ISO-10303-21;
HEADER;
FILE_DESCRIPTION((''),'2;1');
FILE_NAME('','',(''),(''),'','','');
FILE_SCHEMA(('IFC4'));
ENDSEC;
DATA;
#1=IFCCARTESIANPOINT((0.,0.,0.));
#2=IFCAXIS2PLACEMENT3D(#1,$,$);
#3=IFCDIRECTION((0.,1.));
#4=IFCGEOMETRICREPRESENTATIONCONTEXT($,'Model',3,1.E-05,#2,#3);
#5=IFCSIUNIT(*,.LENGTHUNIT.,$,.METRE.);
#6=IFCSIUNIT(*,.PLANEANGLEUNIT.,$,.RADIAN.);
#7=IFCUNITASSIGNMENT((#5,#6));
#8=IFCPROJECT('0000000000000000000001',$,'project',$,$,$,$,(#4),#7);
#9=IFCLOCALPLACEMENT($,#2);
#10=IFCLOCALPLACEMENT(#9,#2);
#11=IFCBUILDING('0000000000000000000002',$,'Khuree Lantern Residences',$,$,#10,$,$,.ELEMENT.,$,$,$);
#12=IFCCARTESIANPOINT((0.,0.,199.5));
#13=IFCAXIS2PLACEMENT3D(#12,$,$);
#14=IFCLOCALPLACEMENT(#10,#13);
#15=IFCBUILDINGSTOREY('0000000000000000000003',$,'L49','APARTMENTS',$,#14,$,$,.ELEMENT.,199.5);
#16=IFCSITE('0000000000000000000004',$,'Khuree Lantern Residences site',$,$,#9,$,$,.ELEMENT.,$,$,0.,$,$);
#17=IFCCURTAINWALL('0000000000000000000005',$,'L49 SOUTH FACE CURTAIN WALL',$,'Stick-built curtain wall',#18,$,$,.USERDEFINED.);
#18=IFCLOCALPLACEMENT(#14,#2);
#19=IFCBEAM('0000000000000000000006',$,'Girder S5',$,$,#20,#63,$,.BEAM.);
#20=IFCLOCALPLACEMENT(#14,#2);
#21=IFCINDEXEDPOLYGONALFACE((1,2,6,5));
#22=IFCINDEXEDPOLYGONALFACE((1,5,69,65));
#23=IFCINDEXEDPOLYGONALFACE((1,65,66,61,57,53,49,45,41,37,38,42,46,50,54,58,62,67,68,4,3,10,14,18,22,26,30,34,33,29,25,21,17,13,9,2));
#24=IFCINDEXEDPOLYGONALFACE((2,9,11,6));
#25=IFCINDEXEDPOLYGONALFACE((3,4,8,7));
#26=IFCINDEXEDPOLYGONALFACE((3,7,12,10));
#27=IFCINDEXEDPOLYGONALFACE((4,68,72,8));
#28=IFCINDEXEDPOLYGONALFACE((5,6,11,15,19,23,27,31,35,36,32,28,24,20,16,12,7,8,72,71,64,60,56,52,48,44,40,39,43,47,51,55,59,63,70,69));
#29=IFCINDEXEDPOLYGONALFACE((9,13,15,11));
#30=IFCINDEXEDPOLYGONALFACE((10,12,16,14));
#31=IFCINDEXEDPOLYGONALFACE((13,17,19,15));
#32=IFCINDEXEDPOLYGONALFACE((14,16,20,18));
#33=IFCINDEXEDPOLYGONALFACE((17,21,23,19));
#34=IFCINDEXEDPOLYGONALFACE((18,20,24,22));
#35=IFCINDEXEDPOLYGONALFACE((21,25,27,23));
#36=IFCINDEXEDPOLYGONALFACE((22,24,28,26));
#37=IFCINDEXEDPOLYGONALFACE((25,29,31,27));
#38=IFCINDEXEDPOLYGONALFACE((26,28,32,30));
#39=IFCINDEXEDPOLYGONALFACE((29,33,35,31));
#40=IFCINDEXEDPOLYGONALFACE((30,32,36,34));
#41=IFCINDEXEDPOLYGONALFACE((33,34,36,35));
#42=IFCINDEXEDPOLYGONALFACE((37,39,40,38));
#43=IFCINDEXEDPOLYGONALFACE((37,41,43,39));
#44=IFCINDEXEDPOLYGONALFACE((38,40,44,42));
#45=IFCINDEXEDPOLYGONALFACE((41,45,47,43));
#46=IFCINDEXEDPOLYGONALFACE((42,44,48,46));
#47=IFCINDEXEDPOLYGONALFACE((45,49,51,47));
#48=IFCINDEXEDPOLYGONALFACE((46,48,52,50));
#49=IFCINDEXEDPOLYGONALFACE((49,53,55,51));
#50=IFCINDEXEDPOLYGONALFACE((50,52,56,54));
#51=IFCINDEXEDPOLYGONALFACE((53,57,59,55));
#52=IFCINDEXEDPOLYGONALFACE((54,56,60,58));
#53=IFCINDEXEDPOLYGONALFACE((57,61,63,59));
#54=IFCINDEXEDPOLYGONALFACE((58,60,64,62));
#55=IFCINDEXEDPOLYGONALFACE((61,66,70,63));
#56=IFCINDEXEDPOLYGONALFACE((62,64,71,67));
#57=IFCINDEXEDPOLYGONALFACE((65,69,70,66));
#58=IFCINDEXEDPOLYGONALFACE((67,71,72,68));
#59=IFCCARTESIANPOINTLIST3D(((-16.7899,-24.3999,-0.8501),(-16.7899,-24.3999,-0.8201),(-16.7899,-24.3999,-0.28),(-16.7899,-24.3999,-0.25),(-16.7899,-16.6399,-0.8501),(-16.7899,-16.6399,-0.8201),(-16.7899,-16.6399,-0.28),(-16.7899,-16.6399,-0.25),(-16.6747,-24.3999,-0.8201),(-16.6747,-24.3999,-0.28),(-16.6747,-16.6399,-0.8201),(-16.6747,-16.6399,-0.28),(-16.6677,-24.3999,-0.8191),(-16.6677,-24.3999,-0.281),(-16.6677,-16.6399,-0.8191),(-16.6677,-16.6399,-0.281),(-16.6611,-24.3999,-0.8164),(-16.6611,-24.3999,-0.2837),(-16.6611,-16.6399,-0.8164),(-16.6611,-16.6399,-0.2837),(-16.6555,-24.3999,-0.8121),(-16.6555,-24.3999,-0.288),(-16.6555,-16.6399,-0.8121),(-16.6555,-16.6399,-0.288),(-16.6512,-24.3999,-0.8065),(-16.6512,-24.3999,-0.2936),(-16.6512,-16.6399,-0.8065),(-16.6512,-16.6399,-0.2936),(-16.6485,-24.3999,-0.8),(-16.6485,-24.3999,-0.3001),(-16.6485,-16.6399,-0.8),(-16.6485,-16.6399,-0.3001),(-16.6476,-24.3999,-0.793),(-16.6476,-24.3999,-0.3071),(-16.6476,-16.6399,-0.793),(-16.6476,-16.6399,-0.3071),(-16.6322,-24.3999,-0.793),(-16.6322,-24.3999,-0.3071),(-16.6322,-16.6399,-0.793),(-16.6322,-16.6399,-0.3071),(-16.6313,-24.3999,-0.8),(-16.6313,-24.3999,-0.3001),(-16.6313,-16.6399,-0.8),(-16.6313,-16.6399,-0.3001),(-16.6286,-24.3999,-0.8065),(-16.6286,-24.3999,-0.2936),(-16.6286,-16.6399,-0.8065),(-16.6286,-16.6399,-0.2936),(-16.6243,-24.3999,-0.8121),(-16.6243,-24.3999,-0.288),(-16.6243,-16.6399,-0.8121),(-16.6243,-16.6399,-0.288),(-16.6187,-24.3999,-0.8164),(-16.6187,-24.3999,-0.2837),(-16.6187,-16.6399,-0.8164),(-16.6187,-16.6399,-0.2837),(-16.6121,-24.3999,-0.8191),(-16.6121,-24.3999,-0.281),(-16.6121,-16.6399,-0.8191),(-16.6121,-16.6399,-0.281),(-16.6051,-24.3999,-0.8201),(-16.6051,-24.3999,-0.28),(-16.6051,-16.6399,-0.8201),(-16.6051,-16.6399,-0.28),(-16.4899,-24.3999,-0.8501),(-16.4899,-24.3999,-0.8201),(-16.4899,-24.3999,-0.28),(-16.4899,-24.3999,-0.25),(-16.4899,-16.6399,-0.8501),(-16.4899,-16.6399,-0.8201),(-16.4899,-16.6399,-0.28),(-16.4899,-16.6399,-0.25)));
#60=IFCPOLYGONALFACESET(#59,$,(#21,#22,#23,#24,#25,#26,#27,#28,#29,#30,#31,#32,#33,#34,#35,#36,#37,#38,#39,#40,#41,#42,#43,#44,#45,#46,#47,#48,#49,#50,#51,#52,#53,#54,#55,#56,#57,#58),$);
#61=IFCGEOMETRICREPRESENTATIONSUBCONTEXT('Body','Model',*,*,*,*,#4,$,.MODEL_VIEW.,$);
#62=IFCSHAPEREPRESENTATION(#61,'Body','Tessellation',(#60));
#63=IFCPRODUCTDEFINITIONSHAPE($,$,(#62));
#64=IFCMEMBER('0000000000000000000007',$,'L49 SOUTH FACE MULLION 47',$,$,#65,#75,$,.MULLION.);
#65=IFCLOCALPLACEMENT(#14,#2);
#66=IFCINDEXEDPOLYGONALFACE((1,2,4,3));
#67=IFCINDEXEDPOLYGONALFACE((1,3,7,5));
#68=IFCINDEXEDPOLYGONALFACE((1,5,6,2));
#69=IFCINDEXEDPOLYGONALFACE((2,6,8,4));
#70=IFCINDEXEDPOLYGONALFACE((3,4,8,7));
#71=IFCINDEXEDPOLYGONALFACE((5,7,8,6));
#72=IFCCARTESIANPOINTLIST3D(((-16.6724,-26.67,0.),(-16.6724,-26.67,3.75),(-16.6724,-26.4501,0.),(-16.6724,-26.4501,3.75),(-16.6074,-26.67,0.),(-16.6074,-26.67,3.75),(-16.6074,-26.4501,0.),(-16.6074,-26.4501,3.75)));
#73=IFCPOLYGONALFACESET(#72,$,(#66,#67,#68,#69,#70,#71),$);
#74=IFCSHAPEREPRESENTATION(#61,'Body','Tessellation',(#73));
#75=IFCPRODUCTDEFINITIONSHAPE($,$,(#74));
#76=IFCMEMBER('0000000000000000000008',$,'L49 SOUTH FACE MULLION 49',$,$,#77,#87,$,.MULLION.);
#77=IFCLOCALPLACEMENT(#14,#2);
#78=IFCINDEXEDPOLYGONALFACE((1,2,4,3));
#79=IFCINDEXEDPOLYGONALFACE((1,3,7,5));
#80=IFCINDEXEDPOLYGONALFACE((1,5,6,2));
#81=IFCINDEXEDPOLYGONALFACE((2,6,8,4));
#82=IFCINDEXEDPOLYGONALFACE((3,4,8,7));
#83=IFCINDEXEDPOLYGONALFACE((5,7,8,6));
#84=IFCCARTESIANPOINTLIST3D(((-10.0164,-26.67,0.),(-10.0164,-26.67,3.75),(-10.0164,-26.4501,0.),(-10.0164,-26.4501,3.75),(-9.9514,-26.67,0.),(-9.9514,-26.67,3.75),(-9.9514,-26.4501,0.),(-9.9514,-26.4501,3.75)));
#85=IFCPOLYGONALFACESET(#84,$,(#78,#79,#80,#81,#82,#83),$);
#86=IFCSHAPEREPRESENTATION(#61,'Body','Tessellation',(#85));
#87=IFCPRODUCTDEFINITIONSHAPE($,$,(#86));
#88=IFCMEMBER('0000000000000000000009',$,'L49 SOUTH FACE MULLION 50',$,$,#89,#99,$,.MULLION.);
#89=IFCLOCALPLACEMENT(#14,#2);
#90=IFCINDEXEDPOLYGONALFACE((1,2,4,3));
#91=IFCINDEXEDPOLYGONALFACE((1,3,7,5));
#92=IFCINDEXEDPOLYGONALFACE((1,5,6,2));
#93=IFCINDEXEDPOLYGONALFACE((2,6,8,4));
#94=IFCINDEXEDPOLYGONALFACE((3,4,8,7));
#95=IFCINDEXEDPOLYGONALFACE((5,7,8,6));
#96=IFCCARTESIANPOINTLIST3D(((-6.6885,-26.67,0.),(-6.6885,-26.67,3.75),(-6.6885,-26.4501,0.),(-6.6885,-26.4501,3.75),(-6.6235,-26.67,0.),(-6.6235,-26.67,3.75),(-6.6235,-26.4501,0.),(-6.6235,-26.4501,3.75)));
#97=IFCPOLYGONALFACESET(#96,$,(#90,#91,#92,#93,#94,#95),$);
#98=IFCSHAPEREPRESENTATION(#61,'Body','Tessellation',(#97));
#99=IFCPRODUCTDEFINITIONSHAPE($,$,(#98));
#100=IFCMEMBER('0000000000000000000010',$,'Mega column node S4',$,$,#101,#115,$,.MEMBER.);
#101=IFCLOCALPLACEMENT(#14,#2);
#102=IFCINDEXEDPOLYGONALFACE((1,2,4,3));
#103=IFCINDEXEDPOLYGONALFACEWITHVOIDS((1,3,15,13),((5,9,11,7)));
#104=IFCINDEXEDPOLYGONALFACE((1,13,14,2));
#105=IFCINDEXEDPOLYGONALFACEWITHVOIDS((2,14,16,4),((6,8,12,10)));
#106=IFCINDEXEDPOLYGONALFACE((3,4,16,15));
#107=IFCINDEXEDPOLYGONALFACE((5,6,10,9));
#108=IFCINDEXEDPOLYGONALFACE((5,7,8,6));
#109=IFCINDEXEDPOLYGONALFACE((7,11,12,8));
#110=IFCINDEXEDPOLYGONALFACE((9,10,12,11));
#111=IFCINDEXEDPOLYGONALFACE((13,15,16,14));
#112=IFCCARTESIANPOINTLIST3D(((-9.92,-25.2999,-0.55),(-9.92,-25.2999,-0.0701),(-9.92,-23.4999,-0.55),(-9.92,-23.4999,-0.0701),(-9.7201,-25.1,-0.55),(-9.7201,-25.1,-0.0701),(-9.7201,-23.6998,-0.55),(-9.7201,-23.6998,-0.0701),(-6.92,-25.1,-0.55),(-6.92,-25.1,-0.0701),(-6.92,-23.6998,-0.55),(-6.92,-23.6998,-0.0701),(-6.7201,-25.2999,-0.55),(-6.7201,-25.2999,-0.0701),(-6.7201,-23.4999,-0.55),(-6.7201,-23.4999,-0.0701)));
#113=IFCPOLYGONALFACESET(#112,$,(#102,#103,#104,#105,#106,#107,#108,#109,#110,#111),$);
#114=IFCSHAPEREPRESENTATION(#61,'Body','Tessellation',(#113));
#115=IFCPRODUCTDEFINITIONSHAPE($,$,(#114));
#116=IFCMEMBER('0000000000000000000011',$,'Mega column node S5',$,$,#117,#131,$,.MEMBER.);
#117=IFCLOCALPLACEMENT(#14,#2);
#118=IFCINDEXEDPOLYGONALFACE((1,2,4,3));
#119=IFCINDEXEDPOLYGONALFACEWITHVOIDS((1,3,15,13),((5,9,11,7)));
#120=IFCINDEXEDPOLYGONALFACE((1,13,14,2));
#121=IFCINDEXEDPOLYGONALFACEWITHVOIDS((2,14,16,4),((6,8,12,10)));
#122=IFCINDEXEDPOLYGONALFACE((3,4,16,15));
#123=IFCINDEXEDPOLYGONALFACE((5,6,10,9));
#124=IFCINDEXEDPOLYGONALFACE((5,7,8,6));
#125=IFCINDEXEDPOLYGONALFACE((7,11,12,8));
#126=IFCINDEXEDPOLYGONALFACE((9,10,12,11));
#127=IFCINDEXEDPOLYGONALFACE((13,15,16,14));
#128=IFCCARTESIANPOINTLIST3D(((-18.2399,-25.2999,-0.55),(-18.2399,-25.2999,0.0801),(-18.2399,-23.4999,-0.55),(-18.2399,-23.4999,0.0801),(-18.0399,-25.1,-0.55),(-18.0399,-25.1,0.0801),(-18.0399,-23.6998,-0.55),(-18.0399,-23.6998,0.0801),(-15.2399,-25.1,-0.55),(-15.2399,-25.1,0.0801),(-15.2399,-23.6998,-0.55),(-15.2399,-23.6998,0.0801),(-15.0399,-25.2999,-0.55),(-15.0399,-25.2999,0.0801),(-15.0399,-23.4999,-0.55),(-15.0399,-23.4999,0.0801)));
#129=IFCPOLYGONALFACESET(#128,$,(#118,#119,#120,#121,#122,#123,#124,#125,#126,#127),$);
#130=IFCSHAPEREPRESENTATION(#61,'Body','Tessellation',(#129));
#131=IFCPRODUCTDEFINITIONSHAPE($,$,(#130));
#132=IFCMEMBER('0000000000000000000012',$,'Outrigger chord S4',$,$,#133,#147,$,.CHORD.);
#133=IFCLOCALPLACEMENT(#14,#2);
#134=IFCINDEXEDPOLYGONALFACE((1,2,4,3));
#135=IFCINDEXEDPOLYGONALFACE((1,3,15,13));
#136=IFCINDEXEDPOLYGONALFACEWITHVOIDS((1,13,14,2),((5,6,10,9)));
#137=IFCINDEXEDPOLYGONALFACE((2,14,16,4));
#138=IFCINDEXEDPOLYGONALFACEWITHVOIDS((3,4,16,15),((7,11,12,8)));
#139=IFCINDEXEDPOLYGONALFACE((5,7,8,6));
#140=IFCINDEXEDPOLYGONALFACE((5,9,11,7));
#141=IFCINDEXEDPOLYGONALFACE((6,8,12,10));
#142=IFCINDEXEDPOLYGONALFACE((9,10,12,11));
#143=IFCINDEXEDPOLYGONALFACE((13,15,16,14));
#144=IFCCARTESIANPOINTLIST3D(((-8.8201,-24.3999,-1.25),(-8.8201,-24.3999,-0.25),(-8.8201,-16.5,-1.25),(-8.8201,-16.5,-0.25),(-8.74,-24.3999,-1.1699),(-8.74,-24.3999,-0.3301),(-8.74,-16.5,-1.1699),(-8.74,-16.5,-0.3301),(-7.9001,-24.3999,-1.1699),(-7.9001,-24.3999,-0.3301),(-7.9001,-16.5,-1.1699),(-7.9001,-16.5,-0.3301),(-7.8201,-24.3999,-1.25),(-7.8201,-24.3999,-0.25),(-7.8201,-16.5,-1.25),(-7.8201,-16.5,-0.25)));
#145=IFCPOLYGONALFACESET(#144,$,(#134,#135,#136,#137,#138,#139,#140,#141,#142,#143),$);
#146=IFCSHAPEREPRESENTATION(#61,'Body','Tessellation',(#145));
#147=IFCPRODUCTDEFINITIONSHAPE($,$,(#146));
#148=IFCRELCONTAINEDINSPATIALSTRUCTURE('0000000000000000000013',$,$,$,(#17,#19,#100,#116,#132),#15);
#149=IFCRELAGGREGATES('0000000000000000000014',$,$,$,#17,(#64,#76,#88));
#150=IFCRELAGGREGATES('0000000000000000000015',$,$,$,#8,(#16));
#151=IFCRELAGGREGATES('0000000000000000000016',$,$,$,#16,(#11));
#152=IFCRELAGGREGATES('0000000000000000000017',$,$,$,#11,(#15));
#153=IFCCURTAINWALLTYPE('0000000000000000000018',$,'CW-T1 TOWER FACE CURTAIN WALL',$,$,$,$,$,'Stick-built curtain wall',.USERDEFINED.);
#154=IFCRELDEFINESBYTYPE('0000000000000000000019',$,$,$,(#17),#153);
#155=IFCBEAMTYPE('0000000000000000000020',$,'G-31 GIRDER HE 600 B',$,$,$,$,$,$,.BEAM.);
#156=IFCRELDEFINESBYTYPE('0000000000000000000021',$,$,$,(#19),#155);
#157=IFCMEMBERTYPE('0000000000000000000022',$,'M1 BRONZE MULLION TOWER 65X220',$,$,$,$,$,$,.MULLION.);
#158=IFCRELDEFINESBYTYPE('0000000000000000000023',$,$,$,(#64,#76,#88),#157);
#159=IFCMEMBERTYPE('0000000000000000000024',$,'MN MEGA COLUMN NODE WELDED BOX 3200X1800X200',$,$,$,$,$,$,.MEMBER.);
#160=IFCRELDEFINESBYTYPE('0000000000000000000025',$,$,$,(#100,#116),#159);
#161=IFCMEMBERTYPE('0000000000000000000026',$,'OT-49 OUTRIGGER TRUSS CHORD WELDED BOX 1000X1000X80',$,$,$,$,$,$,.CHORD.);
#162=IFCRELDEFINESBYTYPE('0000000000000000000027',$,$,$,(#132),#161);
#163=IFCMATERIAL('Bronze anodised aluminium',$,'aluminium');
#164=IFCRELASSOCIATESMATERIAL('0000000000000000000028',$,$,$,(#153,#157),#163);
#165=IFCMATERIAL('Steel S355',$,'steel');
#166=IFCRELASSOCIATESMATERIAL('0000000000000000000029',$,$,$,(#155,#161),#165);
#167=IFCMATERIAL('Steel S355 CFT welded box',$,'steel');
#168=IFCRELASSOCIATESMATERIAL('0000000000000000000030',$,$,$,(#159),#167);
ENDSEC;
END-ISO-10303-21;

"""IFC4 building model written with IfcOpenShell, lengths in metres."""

from ifc_helpers import new_model, si_unit, direction, frame, origin, origin_2d, place, context, subcontext, project, spatial, rectangle, hollow_rectangle, i_section, extrude, material, material_profile, profile_set, type_object, element, aggregate, save


model = new_model("IFC4")

# Units and contexts
model_context = context("Model", 3, precision=1e-05, world=origin(), true_north=direction((0.0, 1.0)))
body_context = subcontext(model_context, "Body", "Model", "MODEL_VIEW")
ifc_project = project(units=[si_unit("LENGTHUNIT", "METRE"), si_unit("PLANEANGLEUNIT", "RADIAN")], contexts=[model_context])

# Site, building, storey
site_placement = place(None, origin())
site = spatial("IfcSite", under=ifc_project, at=site_placement, Name="Khuree Lantern Residences site", CompositionType="ELEMENT", RefElevation=0.0)
building_placement = place(site_placement, origin())
building = spatial("IfcBuilding", under=site, at=building_placement, Name="Khuree Lantern Residences", CompositionType="ELEMENT")
storey_placement = place(building_placement, frame((0.0, 0.0, 199.5)))
storey = spatial("IfcBuildingStorey", under=building, at=storey_placement, Name="L49", Description="APARTMENTS", CompositionType="ELEMENT", Elevation=199.5)

# Shared definitions
ifc_material_1 = material(Name="Steel S355 CFT welded box", Category="steel")

# Shared definitions
ifc_material_2 = material(Name="Steel S355", Category="steel")

# Curtain wall
ifc_material_3 = material(Name="Bronze anodised aluminium", Category="aluminium")
curtain_wall_type = type_object("IfcCurtainWallType", Name="CW-T1 TOWER FACE CURTAIN WALL", ElementType="Stick-built curtain wall", PredefinedType="USERDEFINED", material=ifc_material_3)
curtain_wall_placement = place(storey_placement, origin())
curtain_wall = element("IfcCurtainWall", 1, at=curtain_wall_placement, inside=storey, type_object=curtain_wall_type, Name="L49 SOUTH FACE CURTAIN WALL", ObjectType="Stick-built curtain wall", PredefinedType="USERDEFINED")

# Beam
ifc_material_profile_1 = material_profile(ifc_material_2, i_section(OverallWidth=0.3, OverallDepth=0.6001, WebThickness=0.0154, FlangeThickness=0.03, FilletRadius=0.0271, at=origin_2d()), Name="HE 600 B")
ifc_profile_set_1 = profile_set([ifc_material_profile_1], Name="Steel S355")
beam_type_1 = type_object("IfcBeamType", Name="G-31 GIRDER HE 600 B", PredefinedType="BEAM", material=ifc_profile_set_1)
beam_1_placement = place(storey_placement, frame((-16.6399, -24.3999, -0.55), z_axis=(0.0, 1.0, 0.0), x_axis=(-1.0, 0.0, 0.0)))
element("IfcBeam", 2, at=beam_1_placement, inside=storey, type_object=beam_type_1, Name="Girder S5", PredefinedType="BEAM", context=body_context, shape_type="SweptSolid", body=[
    extrude(i_section(OverallWidth=0.3, OverallDepth=0.6001, WebThickness=0.0154, FlangeThickness=0.03, FilletRadius=0.0271, at=origin_2d()), origin(), (0.0, 0.0, 1.0), 7.76),
])

# Members
ifc_material_profile_2 = material_profile(ifc_material_3, rectangle(XDim=0.0649, YDim=0.22, at=origin_2d()), Name="M1 65X220")
ifc_profile_set_2 = profile_set([ifc_material_profile_2], Name="Bronze anodised aluminium")
member_type_1 = type_object("IfcMemberType", Name="M1 BRONZE MULLION TOWER 65X220", PredefinedType="MULLION", material=ifc_profile_set_2)
member_1_placement = place(storey_placement, frame((-16.6399, -26.5601, 0.0), z_axis=(0.0, 0.0, 1.0), x_axis=(1.0, 0.0, 0.0)))
member_1 = element("IfcMember", 3, at=member_1_placement, type_object=member_type_1, Name="L49 SOUTH FACE MULLION 47", PredefinedType="MULLION", context=body_context, shape_type="SweptSolid", body=[
    extrude(rectangle(XDim=0.0649, YDim=0.22, at=origin_2d()), origin(), (0.0, 0.0, 1.0), 3.75),
])
member_2_placement = place(storey_placement, frame((-9.9839, -26.5601, 0.0), z_axis=(0.0, 0.0, 1.0), x_axis=(1.0, 0.0, 0.0)))
member_2 = element("IfcMember", 4, at=member_2_placement, type_object=member_type_1, Name="L49 SOUTH FACE MULLION 49", PredefinedType="MULLION", context=body_context, shape_type="SweptSolid", body=[
    extrude(rectangle(XDim=0.0649, YDim=0.22, at=origin_2d()), origin(), (0.0, 0.0, 1.0), 3.75),
])
member_3_placement = place(storey_placement, frame((-6.656, -26.5601, 0.0), z_axis=(0.0, 0.0, 1.0), x_axis=(1.0, 0.0, 0.0)))
member_3 = element("IfcMember", 5, at=member_3_placement, type_object=member_type_1, Name="L49 SOUTH FACE MULLION 50", PredefinedType="MULLION", context=body_context, shape_type="SweptSolid", body=[
    extrude(rectangle(XDim=0.0649, YDim=0.22, at=origin_2d()), origin(), (0.0, 0.0, 1.0), 3.75),
])

# Members
ifc_material_profile_3 = material_profile(ifc_material_1, hollow_rectangle(XDim=3.2, YDim=1.8, WallThickness=0.2, at=origin_2d()), Name="WELDED BOX 3200X1800X200")
ifc_profile_set_3 = profile_set([ifc_material_profile_3], Name="Steel S355 CFT welded box")
member_type_2 = type_object("IfcMemberType", Name="MN MEGA COLUMN NODE WELDED BOX 3200X1800X200", PredefinedType="MEMBER", material=ifc_profile_set_3)
member_4_placement = place(storey_placement, frame((-8.3201, -24.3999, -0.55), z_axis=(0.0, 0.0, 1.0), x_axis=(1.0, 0.0, 0.0)))
element("IfcMember", 6, at=member_4_placement, inside=storey, type_object=member_type_2, Name="Mega column node S4", PredefinedType="MEMBER", context=body_context, shape_type="SweptSolid", body=[
    extrude(hollow_rectangle(XDim=3.2, YDim=1.8, WallThickness=0.2, at=origin_2d()), origin(), (0.0, 0.0, 1.0), 0.48),
])
member_5_placement = place(storey_placement, frame((-16.6399, -24.3999, -0.55), z_axis=(0.0, 0.0, 1.0), x_axis=(1.0, 0.0, 0.0)))
element("IfcMember", 7, at=member_5_placement, inside=storey, type_object=member_type_2, Name="Mega column node S5", PredefinedType="MEMBER", context=body_context, shape_type="SweptSolid", body=[
    extrude(hollow_rectangle(XDim=3.2, YDim=1.8, WallThickness=0.2, at=origin_2d()), origin(), (0.0, 0.0, 1.0), 0.6301),
])
ifc_material_profile_4 = material_profile(ifc_material_2, hollow_rectangle(XDim=1.0, YDim=1.0, WallThickness=0.0801, at=origin_2d()), Name="WELDED BOX 1000X1000X80")
ifc_profile_set_4 = profile_set([ifc_material_profile_4], Name="Steel S355")
member_type_3 = type_object("IfcMemberType", Name="OT-49 OUTRIGGER TRUSS CHORD WELDED BOX 1000X1000X80", PredefinedType="CHORD", material=ifc_profile_set_4)
member_6_placement = place(storey_placement, frame((-8.3201, -24.3999, -0.75), z_axis=(0.0, 1.0, 0.0), x_axis=(-1.0, 0.0, 0.0)))
element("IfcMember", 8, at=member_6_placement, inside=storey, type_object=member_type_3, Name="Outrigger chord S4", PredefinedType="CHORD", context=body_context, shape_type="SweptSolid", body=[
    extrude(hollow_rectangle(XDim=1.0, YDim=1.0, WallThickness=0.0801, at=origin_2d()), origin(), (0.0, 0.0, 1.0), 7.8999),
])

aggregate(curtain_wall, [member_1, member_2, member_3])

save(model, "model.ifc")
